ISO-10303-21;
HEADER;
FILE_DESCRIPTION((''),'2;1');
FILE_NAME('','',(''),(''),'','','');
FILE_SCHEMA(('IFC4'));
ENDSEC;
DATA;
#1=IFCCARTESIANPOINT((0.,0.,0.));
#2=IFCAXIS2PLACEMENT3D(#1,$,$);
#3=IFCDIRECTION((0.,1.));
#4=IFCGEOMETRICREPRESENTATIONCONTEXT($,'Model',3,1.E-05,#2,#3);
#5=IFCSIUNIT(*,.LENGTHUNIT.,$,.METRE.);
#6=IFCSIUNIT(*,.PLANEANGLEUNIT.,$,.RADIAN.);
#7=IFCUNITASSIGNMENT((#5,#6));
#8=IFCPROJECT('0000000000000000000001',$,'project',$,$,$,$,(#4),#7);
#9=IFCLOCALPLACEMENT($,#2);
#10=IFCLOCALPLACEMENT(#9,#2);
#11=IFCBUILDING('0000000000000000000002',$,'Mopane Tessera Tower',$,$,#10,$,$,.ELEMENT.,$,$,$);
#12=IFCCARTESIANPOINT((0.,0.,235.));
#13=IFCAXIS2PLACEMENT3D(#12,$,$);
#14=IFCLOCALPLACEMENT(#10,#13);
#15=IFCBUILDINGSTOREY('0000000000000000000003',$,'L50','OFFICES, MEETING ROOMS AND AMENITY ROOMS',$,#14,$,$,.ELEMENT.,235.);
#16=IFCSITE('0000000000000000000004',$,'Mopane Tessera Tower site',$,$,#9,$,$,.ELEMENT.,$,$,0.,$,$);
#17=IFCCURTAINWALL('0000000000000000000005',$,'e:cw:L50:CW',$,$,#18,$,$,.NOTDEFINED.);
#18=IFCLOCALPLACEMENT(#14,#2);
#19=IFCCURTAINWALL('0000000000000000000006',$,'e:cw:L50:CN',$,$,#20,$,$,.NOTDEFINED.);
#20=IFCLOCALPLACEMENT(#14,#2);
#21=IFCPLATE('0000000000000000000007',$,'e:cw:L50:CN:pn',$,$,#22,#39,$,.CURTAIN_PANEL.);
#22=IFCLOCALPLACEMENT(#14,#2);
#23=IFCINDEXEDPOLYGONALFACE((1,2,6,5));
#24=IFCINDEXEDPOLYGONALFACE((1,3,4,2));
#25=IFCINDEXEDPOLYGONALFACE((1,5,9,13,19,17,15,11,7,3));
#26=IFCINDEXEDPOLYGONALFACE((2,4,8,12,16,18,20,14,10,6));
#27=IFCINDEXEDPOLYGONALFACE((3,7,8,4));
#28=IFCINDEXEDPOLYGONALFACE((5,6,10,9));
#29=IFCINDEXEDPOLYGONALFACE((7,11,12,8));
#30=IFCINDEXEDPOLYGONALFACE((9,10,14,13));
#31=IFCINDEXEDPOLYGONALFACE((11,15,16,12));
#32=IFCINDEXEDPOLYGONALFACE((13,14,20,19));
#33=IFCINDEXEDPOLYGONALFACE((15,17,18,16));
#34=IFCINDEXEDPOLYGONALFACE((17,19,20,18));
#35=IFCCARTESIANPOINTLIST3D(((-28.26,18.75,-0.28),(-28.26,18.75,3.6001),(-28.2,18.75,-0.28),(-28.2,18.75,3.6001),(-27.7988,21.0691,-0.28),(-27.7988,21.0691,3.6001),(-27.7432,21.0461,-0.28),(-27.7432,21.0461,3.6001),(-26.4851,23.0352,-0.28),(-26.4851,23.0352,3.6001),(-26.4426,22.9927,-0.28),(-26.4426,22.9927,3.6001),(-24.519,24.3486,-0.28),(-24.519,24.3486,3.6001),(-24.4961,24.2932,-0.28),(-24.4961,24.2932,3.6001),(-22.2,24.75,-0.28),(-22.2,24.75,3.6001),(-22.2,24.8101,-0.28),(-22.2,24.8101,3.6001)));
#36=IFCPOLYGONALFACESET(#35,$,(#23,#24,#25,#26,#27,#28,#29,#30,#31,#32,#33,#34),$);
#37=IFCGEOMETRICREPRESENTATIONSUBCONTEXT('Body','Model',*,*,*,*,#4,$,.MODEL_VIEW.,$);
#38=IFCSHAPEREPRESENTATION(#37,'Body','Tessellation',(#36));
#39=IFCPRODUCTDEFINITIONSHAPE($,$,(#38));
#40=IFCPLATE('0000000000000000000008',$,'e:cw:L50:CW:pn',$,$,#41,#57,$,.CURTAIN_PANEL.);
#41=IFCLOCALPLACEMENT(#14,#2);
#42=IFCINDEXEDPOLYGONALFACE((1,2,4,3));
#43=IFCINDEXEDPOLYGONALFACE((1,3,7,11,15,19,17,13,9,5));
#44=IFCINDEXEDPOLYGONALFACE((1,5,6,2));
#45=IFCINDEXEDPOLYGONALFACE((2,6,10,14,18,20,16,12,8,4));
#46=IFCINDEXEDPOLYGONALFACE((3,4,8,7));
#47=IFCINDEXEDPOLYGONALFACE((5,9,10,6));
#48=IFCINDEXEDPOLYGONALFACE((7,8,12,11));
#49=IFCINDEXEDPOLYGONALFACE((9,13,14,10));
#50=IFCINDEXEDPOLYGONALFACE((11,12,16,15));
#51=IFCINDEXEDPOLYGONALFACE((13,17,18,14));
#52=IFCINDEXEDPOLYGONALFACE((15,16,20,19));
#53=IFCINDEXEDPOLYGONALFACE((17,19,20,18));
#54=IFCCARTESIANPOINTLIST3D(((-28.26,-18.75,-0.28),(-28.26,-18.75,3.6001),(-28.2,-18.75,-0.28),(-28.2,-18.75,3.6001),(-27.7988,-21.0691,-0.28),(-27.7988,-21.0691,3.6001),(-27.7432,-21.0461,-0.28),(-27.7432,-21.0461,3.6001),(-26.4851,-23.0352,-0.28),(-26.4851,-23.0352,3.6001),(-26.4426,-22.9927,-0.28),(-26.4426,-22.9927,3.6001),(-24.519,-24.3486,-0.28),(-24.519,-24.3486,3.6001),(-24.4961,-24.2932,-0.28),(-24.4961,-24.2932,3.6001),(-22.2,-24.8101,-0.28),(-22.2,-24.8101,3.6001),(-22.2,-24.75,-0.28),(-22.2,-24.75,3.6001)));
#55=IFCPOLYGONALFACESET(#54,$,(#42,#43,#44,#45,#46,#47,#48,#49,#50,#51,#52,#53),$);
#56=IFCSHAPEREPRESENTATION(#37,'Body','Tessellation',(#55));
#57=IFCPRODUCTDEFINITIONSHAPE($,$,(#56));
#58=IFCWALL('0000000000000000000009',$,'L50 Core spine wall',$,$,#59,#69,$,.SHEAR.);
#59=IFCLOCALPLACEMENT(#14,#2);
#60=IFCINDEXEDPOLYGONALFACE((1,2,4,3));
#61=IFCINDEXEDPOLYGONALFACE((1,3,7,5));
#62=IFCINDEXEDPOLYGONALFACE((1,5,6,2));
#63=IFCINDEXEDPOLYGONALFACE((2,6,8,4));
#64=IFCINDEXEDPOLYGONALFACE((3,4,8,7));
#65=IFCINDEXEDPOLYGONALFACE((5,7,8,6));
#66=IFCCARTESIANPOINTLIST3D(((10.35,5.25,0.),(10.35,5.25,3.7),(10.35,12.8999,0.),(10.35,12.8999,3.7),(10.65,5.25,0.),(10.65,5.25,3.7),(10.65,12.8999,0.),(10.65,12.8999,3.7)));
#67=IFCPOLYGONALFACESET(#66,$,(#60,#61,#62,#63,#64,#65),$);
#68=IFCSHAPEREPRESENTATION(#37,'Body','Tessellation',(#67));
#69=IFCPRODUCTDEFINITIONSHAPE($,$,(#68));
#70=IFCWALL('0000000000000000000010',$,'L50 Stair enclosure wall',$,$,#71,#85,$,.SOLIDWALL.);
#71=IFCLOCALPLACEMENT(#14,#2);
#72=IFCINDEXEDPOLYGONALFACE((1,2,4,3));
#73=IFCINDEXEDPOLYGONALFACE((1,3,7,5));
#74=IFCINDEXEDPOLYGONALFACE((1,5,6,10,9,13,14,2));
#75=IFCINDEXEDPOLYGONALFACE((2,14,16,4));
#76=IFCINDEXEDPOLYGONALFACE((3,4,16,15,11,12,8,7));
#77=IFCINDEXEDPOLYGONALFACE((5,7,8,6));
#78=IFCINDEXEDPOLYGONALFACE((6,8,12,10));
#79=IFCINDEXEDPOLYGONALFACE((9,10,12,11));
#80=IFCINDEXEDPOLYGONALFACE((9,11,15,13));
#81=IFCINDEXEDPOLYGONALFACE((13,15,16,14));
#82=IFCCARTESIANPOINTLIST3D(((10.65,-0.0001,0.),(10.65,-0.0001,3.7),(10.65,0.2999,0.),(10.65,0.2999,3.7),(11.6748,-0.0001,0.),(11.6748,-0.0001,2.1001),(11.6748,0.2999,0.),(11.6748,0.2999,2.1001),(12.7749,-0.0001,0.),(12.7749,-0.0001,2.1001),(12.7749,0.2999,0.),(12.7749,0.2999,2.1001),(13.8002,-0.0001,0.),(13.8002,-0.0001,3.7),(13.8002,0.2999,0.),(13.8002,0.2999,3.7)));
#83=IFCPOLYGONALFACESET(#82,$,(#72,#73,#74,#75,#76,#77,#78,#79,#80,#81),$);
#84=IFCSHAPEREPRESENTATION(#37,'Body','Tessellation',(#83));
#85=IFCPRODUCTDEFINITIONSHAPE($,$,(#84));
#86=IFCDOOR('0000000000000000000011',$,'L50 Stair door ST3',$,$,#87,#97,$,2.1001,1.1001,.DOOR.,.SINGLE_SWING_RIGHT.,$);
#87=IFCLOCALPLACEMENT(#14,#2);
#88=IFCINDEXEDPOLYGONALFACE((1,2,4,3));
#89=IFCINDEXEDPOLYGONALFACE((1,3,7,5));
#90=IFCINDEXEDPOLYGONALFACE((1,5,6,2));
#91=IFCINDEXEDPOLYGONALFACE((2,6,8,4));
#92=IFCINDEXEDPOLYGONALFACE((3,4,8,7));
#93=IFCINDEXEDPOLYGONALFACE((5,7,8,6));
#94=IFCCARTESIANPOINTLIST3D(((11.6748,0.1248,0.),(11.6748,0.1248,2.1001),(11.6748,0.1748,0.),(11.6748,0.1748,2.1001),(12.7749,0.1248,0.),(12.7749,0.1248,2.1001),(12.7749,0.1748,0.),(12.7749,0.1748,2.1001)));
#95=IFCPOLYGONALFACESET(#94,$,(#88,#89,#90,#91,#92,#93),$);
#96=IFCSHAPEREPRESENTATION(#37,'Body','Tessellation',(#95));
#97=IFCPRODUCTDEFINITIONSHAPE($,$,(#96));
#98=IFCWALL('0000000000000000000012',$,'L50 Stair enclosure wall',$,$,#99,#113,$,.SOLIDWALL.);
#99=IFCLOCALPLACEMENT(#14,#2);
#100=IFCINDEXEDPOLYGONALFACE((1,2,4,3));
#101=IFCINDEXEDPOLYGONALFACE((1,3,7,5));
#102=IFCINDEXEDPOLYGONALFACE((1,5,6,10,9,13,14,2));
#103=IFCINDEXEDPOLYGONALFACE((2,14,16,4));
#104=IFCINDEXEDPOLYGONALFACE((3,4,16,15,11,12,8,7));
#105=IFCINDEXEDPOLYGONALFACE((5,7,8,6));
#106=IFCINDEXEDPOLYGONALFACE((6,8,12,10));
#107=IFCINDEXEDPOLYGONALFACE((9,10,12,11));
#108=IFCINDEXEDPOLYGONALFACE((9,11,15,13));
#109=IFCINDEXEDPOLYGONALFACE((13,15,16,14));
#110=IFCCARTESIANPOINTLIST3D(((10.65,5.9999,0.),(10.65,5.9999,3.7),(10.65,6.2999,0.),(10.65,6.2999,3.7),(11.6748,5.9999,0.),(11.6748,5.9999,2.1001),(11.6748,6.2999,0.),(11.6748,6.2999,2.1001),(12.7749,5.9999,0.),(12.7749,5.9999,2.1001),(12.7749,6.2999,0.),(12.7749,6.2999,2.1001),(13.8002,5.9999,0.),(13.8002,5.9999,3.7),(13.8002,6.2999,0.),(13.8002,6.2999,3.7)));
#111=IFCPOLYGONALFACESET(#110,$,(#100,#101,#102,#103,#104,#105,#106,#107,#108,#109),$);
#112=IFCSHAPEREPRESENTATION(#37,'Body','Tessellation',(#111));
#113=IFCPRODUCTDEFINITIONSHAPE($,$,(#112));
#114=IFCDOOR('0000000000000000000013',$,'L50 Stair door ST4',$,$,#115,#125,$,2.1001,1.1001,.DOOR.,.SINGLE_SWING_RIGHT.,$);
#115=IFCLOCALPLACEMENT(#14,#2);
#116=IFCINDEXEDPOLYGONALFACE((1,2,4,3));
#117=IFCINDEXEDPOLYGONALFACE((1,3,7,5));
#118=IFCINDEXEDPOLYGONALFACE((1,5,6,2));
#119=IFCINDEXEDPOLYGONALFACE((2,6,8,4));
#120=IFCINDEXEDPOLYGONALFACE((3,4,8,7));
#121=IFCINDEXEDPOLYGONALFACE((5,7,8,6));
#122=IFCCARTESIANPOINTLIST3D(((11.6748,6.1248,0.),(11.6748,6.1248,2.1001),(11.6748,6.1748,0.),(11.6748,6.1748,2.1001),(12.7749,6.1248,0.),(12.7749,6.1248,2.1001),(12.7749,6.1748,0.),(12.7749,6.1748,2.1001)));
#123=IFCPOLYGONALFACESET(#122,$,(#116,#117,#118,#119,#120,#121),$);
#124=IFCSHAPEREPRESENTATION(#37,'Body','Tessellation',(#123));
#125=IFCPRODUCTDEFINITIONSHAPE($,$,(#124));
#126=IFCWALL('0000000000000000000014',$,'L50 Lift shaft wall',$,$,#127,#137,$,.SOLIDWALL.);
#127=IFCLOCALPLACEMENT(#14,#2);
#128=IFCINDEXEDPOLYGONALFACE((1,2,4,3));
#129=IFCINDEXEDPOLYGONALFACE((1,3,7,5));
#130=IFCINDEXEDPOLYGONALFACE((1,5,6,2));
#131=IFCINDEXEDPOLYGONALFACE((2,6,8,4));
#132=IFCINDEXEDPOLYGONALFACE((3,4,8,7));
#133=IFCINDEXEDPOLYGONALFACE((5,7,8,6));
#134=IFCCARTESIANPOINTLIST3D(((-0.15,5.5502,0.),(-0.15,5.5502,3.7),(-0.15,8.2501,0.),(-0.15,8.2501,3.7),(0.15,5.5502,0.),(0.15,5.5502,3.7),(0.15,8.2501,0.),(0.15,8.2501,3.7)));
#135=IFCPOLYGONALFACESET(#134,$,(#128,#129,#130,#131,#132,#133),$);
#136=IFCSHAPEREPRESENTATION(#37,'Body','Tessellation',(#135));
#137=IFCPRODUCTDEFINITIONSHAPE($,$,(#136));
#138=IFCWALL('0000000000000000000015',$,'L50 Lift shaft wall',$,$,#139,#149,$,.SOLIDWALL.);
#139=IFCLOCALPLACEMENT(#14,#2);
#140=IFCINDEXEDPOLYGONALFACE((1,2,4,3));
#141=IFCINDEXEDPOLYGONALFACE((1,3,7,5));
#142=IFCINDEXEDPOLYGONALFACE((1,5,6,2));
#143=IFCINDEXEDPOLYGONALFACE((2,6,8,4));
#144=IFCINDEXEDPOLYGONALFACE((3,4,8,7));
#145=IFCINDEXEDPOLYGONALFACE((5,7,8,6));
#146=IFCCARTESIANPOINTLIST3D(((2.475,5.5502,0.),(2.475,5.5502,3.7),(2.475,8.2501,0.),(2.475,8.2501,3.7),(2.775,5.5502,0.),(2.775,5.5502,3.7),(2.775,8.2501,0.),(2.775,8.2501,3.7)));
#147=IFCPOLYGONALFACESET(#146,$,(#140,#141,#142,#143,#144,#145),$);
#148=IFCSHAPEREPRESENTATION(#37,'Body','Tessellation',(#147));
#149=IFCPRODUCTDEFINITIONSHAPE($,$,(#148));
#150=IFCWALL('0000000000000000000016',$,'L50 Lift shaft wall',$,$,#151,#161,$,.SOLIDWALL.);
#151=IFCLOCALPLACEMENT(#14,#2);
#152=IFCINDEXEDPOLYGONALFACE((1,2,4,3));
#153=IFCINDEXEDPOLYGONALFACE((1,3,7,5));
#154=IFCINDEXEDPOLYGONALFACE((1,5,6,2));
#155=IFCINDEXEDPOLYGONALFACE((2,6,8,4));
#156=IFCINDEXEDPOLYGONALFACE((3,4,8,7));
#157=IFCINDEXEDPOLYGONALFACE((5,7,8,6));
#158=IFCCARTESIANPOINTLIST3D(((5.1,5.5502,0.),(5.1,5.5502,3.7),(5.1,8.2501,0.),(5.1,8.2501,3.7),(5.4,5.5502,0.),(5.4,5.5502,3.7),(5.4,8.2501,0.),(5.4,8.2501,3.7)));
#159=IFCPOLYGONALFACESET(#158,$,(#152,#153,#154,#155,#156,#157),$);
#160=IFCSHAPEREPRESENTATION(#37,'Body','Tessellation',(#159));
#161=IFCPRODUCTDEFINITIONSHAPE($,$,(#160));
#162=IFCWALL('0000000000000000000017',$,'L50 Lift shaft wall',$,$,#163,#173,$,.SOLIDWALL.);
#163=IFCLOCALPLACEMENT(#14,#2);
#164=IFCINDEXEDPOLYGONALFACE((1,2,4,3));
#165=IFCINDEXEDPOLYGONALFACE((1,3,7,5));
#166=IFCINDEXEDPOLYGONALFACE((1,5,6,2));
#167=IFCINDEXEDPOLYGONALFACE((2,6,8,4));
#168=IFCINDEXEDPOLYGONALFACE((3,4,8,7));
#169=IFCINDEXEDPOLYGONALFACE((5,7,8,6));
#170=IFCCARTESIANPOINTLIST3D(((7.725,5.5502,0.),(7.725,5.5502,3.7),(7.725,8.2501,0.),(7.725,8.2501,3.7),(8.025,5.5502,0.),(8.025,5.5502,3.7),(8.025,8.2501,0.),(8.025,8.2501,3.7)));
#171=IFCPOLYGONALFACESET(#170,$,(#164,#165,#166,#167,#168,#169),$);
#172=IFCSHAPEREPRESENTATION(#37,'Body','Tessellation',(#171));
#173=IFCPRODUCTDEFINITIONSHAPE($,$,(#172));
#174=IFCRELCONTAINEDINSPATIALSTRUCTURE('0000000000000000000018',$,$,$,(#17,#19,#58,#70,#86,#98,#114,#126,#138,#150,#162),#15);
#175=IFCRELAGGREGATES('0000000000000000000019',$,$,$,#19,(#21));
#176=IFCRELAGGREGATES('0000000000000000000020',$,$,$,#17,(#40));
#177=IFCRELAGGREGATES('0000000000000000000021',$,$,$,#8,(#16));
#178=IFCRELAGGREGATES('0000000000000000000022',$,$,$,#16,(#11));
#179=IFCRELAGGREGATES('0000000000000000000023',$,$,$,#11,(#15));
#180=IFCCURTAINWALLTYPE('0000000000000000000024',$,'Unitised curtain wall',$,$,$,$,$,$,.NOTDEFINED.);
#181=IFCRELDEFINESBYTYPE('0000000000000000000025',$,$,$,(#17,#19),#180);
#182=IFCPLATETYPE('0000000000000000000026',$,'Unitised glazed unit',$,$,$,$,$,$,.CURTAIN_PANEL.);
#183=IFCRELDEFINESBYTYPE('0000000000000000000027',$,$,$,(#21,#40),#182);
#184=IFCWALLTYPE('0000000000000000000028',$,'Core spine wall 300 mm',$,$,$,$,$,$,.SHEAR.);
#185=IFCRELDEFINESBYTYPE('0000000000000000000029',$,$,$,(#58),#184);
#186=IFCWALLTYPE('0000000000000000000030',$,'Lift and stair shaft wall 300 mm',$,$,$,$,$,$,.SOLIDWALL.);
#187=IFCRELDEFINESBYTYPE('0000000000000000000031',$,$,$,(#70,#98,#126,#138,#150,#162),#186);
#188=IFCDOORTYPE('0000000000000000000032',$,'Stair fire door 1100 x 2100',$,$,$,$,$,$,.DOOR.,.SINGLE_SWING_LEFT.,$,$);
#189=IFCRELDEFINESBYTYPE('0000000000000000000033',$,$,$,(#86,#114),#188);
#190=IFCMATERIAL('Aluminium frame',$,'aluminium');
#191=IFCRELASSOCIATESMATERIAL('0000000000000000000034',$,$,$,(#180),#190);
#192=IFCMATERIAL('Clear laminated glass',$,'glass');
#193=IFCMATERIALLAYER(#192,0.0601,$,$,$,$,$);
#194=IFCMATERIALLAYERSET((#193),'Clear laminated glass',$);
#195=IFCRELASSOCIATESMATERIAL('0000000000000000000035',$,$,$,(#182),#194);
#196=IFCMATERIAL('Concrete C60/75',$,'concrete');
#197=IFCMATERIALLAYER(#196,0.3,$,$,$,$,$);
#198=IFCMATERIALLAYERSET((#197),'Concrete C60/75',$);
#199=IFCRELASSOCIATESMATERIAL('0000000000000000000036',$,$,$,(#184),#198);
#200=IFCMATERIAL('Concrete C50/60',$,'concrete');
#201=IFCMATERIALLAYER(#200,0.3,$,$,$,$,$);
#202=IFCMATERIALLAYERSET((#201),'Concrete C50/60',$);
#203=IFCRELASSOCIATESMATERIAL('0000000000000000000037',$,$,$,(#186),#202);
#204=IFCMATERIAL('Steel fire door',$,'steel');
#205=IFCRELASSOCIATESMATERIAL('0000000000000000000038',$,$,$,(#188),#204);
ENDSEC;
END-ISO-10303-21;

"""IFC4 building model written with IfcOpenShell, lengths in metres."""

from ifc_helpers import new_model, si_unit, direction, frame, frame_2d, origin, place, context, subcontext, project, spatial, polyline, rectangle, outline, extrude, material, layer, layer_set, type_object, element, fill, aggregate, save


model = new_model("IFC4")

# Units and contexts
model_context = context("Model", 3, precision=1e-05, world=origin(), true_north=direction((0.0, 1.0)))
body_context = subcontext(model_context, "Body", "Model", "MODEL_VIEW")
ifc_project = project(units=[si_unit("LENGTHUNIT", "METRE"), si_unit("PLANEANGLEUNIT", "RADIAN")], contexts=[model_context])

# Site, building, storey
site_placement = place(None, origin())
site = spatial("IfcSite", under=ifc_project, at=site_placement, Name="Mopane Tessera Tower site", CompositionType="ELEMENT", RefElevation=0.0)
building_placement = place(site_placement, origin())
building = spatial("IfcBuilding", under=site, at=building_placement, Name="Mopane Tessera Tower", CompositionType="ELEMENT")
storey_placement = place(building_placement, frame((0.0, 0.0, 235.0)))
storey = spatial("IfcBuildingStorey", under=building, at=storey_placement, Name="L50", Description="OFFICES, MEETING ROOMS AND AMENITY ROOMS", CompositionType="ELEMENT", Elevation=235.0)

# Curtain wall
ifc_material_1 = material(Name="Aluminium frame", Category="aluminium")
curtain_wall_type = type_object("IfcCurtainWallType", Name="Unitised curtain wall", PredefinedType="NOTDEFINED", material=ifc_material_1)
curtain_wall_1_placement = place(storey_placement, origin())
curtain_wall_1 = element("IfcCurtainWall", 1, at=curtain_wall_1_placement, inside=storey, type_object=curtain_wall_type, Name="e:cw:L50:CW", PredefinedType="NOTDEFINED")

# Curtain wall, plate
curtain_wall_2_placement = place(storey_placement, origin())
curtain_wall_2 = element("IfcCurtainWall", 2, at=curtain_wall_2_placement, inside=storey, type_object=curtain_wall_type, Name="e:cw:L50:CN", PredefinedType="NOTDEFINED")
ifc_material_2 = material(Name="Clear laminated glass", Category="glass")
ifc_layer_1 = layer(ifc_material_2, 0.0601)
ifc_layer_set_1 = layer_set([ifc_layer_1], Name="Clear laminated glass")
plate_type = type_object("IfcPlateType", Name="Unitised glazed unit", PredefinedType="CURTAIN_PANEL", material=ifc_layer_set_1)
plate_1_placement = place(storey_placement, frame((0.0, 0.0, -0.28)))
plate_1 = element("IfcPlate", 3, at=plate_1_placement, type_object=plate_type, Name="e:cw:L50:CN:pn", PredefinedType="CURTAIN_PANEL", context=body_context, shape_type="SweptSolid", body=[
    extrude(outline(polyline([(-22.2, 24.75), (-24.4961, 24.2932), (-26.4426, 22.9927), (-27.7432, 21.0461), (-28.2, 18.75), (-28.26, 18.75), (-27.7988, 21.0691), (-26.4851, 23.0352), (-24.519, 24.3486), (-22.2, 24.8101), (-22.2, 24.75)])), origin(), (0.0, 0.0, 1.0), 3.8801),
])
aggregate(curtain_wall_2, [plate_1])

# Plate
plate_2_placement = place(storey_placement, frame((0.0, 0.0, -0.28)))
plate_2 = element("IfcPlate", 4, at=plate_2_placement, type_object=plate_type, Name="e:cw:L50:CW:pn", PredefinedType="CURTAIN_PANEL", context=body_context, shape_type="SweptSolid", body=[
    extrude(outline(polyline([(-28.2, -18.75), (-27.7432, -21.0461), (-26.4426, -22.9927), (-24.4961, -24.2932), (-22.2, -24.75), (-22.2, -24.8101), (-24.519, -24.3486), (-26.4851, -23.0352), (-27.7988, -21.0691), (-28.26, -18.75), (-28.2, -18.75)])), origin(), (0.0, 0.0, 1.0), 3.8801),
])
aggregate(curtain_wall_1, [plate_2])

# Wall
ifc_material_3 = material(Name="Concrete C60/75", Category="concrete")
ifc_layer_2 = layer(ifc_material_3, 0.3)
ifc_layer_set_2 = layer_set([ifc_layer_2], Name="Concrete C60/75")
wall_type_1 = type_object("IfcWallType", Name="Core spine wall 300 mm", PredefinedType="SHEAR", material=ifc_layer_set_2)
wall_1_placement = place(storey_placement, frame((10.5, 5.25, 0.0), z_axis=(0.0, 0.0, 1.0), x_axis=(0.0, 1.0, 0.0)))
element("IfcWall", 5, at=wall_1_placement, inside=storey, type_object=wall_type_1, Name="L50 Core spine wall", PredefinedType="SHEAR", context=body_context, shape_type="SweptSolid", body=[
    extrude(rectangle(XDim=7.6499, YDim=0.3, at=frame_2d((3.825, 0.0))), origin(), (0.0, 0.0, 1.0), 3.7),
])

# Walls, openings, doors
ifc_material_4 = material(Name="Concrete C50/60", Category="concrete")
ifc_layer_3 = layer(ifc_material_4, 0.3)
ifc_layer_set_3 = layer_set([ifc_layer_3], Name="Concrete C50/60")
wall_type_2 = type_object("IfcWallType", Name="Lift and stair shaft wall 300 mm", PredefinedType="SOLIDWALL", material=ifc_layer_set_3)
wall_2_placement = place(storey_placement, frame((10.6499, 0.1499, 0.0), z_axis=(0.0, 0.0, 1.0), x_axis=(1.0, 0.0, 0.0)))
wall_2 = element("IfcWall", 6, at=wall_2_placement, inside=storey, type_object=wall_type_2, Name="L50 Stair enclosure wall", PredefinedType="SOLIDWALL", context=body_context, shape_type="SweptSolid", body=[
    extrude(rectangle(XDim=3.1501, YDim=0.3, at=frame_2d((1.5752, 0.0))), origin(), (0.0, 0.0, 1.0), 3.7),
])
opening_1_placement = place(wall_2_placement, frame((1.0249, 0.0, 0.0)))
opening_1 = element("IfcOpeningElement", 7, at=opening_1_placement, cuts=wall_2, PredefinedType="OPENING", context=body_context, shape_type="SweptSolid", body=[
    extrude(rectangle(XDim=1.1001, YDim=2.1001, at=frame_2d((0.55, 1.05))), frame((0.0, 0.1621, 0.0), z_axis=(0.0, -1.0, 0.0), x_axis=(1.0, 0.0, 0.0)), (0.0, 0.0, 1.0), 0.324),
])
ifc_material_5 = material(Name="Steel fire door", Category="steel")
door_type = type_object("IfcDoorType", Name="Stair fire door 1100 x 2100", OperationType="SINGLE_SWING_LEFT", PredefinedType="DOOR", material=ifc_material_5)
door_1_placement = place(opening_1_placement, origin())
door_1 = element("IfcDoor", 8, at=door_1_placement, inside=storey, type_object=door_type, Name="L50 Stair door ST3", OperationType="SINGLE_SWING_RIGHT", OverallHeight=2.1001, OverallWidth=1.1001, PredefinedType="DOOR", context=body_context, shape_type="SweptSolid", body=[
    extrude(rectangle(XDim=1.1001, YDim=2.1001, at=frame_2d((0.55, 1.05))), frame((0.0, 0.0249, 0.0), z_axis=(0.0, -1.0, 0.0), x_axis=(1.0, 0.0, 0.0)), (0.0, 0.0, 1.0), 0.05),
])
fill(opening_1, door_1)
wall_3_placement = place(storey_placement, frame((10.6499, 6.1499, 0.0), z_axis=(0.0, 0.0, 1.0), x_axis=(1.0, 0.0, 0.0)))
wall_3 = element("IfcWall", 9, at=wall_3_placement, inside=storey, type_object=wall_type_2, Name="L50 Stair enclosure wall", PredefinedType="SOLIDWALL", context=body_context, shape_type="SweptSolid", body=[
    extrude(rectangle(XDim=3.1501, YDim=0.3, at=frame_2d((1.5752, 0.0))), origin(), (0.0, 0.0, 1.0), 3.7),
])
opening_2_placement = place(wall_3_placement, frame((1.0249, 0.0, 0.0)))
opening_2 = element("IfcOpeningElement", 10, at=opening_2_placement, cuts=wall_3, PredefinedType="OPENING", context=body_context, shape_type="SweptSolid", body=[
    extrude(rectangle(XDim=1.1001, YDim=2.1001, at=frame_2d((0.55, 1.05))), frame((0.0, 0.1621, 0.0), z_axis=(0.0, -1.0, 0.0), x_axis=(1.0, 0.0, 0.0)), (0.0, 0.0, 1.0), 0.324),
])
door_2_placement = place(opening_2_placement, origin())
door_2 = element("IfcDoor", 11, at=door_2_placement, inside=storey, type_object=door_type, Name="L50 Stair door ST4", OperationType="SINGLE_SWING_RIGHT", OverallHeight=2.1001, OverallWidth=1.1001, PredefinedType="DOOR", context=body_context, shape_type="SweptSolid", body=[
    extrude(rectangle(XDim=1.1001, YDim=2.1001, at=frame_2d((0.55, 1.05))), frame((0.0, 0.0249, 0.0), z_axis=(0.0, -1.0, 0.0), x_axis=(1.0, 0.0, 0.0)), (0.0, 0.0, 1.0), 0.05),
])
fill(opening_2, door_2)

# Walls
for number, where, z_axis, x_axis, name in (
    (12, (0.0, 5.55, 0.0), (0.0, 0.0, 1.0), (0.0, 1.0, 0.0), "L50 Lift shaft wall"),
    (13, (2.625, 5.55, 0.0), (0.0, 0.0, 1.0), (0.0, 1.0, 0.0), "L50 Lift shaft wall"),
    (14, (5.25, 5.55, 0.0), (0.0, 0.0, 1.0), (0.0, 1.0, 0.0), "L50 Lift shaft wall"),
    (15, (7.875, 5.55, 0.0), (0.0, 0.0, 1.0), (0.0, 1.0, 0.0), "L50 Lift shaft wall"),
):
    element("IfcWall", number, at=place(storey_placement, frame(where, z_axis=z_axis, x_axis=x_axis)), inside=storey, type_object=wall_type_2, Name=name, PredefinedType="SOLIDWALL", context=body_context, shape_type="SweptSolid", body=[
        extrude(rectangle(XDim=2.7, YDim=0.3, at=frame_2d((1.3501, 0.0))), origin(), (0.0, 0.0, 1.0), 3.7),
    ])

save(model, "model.ifc")
